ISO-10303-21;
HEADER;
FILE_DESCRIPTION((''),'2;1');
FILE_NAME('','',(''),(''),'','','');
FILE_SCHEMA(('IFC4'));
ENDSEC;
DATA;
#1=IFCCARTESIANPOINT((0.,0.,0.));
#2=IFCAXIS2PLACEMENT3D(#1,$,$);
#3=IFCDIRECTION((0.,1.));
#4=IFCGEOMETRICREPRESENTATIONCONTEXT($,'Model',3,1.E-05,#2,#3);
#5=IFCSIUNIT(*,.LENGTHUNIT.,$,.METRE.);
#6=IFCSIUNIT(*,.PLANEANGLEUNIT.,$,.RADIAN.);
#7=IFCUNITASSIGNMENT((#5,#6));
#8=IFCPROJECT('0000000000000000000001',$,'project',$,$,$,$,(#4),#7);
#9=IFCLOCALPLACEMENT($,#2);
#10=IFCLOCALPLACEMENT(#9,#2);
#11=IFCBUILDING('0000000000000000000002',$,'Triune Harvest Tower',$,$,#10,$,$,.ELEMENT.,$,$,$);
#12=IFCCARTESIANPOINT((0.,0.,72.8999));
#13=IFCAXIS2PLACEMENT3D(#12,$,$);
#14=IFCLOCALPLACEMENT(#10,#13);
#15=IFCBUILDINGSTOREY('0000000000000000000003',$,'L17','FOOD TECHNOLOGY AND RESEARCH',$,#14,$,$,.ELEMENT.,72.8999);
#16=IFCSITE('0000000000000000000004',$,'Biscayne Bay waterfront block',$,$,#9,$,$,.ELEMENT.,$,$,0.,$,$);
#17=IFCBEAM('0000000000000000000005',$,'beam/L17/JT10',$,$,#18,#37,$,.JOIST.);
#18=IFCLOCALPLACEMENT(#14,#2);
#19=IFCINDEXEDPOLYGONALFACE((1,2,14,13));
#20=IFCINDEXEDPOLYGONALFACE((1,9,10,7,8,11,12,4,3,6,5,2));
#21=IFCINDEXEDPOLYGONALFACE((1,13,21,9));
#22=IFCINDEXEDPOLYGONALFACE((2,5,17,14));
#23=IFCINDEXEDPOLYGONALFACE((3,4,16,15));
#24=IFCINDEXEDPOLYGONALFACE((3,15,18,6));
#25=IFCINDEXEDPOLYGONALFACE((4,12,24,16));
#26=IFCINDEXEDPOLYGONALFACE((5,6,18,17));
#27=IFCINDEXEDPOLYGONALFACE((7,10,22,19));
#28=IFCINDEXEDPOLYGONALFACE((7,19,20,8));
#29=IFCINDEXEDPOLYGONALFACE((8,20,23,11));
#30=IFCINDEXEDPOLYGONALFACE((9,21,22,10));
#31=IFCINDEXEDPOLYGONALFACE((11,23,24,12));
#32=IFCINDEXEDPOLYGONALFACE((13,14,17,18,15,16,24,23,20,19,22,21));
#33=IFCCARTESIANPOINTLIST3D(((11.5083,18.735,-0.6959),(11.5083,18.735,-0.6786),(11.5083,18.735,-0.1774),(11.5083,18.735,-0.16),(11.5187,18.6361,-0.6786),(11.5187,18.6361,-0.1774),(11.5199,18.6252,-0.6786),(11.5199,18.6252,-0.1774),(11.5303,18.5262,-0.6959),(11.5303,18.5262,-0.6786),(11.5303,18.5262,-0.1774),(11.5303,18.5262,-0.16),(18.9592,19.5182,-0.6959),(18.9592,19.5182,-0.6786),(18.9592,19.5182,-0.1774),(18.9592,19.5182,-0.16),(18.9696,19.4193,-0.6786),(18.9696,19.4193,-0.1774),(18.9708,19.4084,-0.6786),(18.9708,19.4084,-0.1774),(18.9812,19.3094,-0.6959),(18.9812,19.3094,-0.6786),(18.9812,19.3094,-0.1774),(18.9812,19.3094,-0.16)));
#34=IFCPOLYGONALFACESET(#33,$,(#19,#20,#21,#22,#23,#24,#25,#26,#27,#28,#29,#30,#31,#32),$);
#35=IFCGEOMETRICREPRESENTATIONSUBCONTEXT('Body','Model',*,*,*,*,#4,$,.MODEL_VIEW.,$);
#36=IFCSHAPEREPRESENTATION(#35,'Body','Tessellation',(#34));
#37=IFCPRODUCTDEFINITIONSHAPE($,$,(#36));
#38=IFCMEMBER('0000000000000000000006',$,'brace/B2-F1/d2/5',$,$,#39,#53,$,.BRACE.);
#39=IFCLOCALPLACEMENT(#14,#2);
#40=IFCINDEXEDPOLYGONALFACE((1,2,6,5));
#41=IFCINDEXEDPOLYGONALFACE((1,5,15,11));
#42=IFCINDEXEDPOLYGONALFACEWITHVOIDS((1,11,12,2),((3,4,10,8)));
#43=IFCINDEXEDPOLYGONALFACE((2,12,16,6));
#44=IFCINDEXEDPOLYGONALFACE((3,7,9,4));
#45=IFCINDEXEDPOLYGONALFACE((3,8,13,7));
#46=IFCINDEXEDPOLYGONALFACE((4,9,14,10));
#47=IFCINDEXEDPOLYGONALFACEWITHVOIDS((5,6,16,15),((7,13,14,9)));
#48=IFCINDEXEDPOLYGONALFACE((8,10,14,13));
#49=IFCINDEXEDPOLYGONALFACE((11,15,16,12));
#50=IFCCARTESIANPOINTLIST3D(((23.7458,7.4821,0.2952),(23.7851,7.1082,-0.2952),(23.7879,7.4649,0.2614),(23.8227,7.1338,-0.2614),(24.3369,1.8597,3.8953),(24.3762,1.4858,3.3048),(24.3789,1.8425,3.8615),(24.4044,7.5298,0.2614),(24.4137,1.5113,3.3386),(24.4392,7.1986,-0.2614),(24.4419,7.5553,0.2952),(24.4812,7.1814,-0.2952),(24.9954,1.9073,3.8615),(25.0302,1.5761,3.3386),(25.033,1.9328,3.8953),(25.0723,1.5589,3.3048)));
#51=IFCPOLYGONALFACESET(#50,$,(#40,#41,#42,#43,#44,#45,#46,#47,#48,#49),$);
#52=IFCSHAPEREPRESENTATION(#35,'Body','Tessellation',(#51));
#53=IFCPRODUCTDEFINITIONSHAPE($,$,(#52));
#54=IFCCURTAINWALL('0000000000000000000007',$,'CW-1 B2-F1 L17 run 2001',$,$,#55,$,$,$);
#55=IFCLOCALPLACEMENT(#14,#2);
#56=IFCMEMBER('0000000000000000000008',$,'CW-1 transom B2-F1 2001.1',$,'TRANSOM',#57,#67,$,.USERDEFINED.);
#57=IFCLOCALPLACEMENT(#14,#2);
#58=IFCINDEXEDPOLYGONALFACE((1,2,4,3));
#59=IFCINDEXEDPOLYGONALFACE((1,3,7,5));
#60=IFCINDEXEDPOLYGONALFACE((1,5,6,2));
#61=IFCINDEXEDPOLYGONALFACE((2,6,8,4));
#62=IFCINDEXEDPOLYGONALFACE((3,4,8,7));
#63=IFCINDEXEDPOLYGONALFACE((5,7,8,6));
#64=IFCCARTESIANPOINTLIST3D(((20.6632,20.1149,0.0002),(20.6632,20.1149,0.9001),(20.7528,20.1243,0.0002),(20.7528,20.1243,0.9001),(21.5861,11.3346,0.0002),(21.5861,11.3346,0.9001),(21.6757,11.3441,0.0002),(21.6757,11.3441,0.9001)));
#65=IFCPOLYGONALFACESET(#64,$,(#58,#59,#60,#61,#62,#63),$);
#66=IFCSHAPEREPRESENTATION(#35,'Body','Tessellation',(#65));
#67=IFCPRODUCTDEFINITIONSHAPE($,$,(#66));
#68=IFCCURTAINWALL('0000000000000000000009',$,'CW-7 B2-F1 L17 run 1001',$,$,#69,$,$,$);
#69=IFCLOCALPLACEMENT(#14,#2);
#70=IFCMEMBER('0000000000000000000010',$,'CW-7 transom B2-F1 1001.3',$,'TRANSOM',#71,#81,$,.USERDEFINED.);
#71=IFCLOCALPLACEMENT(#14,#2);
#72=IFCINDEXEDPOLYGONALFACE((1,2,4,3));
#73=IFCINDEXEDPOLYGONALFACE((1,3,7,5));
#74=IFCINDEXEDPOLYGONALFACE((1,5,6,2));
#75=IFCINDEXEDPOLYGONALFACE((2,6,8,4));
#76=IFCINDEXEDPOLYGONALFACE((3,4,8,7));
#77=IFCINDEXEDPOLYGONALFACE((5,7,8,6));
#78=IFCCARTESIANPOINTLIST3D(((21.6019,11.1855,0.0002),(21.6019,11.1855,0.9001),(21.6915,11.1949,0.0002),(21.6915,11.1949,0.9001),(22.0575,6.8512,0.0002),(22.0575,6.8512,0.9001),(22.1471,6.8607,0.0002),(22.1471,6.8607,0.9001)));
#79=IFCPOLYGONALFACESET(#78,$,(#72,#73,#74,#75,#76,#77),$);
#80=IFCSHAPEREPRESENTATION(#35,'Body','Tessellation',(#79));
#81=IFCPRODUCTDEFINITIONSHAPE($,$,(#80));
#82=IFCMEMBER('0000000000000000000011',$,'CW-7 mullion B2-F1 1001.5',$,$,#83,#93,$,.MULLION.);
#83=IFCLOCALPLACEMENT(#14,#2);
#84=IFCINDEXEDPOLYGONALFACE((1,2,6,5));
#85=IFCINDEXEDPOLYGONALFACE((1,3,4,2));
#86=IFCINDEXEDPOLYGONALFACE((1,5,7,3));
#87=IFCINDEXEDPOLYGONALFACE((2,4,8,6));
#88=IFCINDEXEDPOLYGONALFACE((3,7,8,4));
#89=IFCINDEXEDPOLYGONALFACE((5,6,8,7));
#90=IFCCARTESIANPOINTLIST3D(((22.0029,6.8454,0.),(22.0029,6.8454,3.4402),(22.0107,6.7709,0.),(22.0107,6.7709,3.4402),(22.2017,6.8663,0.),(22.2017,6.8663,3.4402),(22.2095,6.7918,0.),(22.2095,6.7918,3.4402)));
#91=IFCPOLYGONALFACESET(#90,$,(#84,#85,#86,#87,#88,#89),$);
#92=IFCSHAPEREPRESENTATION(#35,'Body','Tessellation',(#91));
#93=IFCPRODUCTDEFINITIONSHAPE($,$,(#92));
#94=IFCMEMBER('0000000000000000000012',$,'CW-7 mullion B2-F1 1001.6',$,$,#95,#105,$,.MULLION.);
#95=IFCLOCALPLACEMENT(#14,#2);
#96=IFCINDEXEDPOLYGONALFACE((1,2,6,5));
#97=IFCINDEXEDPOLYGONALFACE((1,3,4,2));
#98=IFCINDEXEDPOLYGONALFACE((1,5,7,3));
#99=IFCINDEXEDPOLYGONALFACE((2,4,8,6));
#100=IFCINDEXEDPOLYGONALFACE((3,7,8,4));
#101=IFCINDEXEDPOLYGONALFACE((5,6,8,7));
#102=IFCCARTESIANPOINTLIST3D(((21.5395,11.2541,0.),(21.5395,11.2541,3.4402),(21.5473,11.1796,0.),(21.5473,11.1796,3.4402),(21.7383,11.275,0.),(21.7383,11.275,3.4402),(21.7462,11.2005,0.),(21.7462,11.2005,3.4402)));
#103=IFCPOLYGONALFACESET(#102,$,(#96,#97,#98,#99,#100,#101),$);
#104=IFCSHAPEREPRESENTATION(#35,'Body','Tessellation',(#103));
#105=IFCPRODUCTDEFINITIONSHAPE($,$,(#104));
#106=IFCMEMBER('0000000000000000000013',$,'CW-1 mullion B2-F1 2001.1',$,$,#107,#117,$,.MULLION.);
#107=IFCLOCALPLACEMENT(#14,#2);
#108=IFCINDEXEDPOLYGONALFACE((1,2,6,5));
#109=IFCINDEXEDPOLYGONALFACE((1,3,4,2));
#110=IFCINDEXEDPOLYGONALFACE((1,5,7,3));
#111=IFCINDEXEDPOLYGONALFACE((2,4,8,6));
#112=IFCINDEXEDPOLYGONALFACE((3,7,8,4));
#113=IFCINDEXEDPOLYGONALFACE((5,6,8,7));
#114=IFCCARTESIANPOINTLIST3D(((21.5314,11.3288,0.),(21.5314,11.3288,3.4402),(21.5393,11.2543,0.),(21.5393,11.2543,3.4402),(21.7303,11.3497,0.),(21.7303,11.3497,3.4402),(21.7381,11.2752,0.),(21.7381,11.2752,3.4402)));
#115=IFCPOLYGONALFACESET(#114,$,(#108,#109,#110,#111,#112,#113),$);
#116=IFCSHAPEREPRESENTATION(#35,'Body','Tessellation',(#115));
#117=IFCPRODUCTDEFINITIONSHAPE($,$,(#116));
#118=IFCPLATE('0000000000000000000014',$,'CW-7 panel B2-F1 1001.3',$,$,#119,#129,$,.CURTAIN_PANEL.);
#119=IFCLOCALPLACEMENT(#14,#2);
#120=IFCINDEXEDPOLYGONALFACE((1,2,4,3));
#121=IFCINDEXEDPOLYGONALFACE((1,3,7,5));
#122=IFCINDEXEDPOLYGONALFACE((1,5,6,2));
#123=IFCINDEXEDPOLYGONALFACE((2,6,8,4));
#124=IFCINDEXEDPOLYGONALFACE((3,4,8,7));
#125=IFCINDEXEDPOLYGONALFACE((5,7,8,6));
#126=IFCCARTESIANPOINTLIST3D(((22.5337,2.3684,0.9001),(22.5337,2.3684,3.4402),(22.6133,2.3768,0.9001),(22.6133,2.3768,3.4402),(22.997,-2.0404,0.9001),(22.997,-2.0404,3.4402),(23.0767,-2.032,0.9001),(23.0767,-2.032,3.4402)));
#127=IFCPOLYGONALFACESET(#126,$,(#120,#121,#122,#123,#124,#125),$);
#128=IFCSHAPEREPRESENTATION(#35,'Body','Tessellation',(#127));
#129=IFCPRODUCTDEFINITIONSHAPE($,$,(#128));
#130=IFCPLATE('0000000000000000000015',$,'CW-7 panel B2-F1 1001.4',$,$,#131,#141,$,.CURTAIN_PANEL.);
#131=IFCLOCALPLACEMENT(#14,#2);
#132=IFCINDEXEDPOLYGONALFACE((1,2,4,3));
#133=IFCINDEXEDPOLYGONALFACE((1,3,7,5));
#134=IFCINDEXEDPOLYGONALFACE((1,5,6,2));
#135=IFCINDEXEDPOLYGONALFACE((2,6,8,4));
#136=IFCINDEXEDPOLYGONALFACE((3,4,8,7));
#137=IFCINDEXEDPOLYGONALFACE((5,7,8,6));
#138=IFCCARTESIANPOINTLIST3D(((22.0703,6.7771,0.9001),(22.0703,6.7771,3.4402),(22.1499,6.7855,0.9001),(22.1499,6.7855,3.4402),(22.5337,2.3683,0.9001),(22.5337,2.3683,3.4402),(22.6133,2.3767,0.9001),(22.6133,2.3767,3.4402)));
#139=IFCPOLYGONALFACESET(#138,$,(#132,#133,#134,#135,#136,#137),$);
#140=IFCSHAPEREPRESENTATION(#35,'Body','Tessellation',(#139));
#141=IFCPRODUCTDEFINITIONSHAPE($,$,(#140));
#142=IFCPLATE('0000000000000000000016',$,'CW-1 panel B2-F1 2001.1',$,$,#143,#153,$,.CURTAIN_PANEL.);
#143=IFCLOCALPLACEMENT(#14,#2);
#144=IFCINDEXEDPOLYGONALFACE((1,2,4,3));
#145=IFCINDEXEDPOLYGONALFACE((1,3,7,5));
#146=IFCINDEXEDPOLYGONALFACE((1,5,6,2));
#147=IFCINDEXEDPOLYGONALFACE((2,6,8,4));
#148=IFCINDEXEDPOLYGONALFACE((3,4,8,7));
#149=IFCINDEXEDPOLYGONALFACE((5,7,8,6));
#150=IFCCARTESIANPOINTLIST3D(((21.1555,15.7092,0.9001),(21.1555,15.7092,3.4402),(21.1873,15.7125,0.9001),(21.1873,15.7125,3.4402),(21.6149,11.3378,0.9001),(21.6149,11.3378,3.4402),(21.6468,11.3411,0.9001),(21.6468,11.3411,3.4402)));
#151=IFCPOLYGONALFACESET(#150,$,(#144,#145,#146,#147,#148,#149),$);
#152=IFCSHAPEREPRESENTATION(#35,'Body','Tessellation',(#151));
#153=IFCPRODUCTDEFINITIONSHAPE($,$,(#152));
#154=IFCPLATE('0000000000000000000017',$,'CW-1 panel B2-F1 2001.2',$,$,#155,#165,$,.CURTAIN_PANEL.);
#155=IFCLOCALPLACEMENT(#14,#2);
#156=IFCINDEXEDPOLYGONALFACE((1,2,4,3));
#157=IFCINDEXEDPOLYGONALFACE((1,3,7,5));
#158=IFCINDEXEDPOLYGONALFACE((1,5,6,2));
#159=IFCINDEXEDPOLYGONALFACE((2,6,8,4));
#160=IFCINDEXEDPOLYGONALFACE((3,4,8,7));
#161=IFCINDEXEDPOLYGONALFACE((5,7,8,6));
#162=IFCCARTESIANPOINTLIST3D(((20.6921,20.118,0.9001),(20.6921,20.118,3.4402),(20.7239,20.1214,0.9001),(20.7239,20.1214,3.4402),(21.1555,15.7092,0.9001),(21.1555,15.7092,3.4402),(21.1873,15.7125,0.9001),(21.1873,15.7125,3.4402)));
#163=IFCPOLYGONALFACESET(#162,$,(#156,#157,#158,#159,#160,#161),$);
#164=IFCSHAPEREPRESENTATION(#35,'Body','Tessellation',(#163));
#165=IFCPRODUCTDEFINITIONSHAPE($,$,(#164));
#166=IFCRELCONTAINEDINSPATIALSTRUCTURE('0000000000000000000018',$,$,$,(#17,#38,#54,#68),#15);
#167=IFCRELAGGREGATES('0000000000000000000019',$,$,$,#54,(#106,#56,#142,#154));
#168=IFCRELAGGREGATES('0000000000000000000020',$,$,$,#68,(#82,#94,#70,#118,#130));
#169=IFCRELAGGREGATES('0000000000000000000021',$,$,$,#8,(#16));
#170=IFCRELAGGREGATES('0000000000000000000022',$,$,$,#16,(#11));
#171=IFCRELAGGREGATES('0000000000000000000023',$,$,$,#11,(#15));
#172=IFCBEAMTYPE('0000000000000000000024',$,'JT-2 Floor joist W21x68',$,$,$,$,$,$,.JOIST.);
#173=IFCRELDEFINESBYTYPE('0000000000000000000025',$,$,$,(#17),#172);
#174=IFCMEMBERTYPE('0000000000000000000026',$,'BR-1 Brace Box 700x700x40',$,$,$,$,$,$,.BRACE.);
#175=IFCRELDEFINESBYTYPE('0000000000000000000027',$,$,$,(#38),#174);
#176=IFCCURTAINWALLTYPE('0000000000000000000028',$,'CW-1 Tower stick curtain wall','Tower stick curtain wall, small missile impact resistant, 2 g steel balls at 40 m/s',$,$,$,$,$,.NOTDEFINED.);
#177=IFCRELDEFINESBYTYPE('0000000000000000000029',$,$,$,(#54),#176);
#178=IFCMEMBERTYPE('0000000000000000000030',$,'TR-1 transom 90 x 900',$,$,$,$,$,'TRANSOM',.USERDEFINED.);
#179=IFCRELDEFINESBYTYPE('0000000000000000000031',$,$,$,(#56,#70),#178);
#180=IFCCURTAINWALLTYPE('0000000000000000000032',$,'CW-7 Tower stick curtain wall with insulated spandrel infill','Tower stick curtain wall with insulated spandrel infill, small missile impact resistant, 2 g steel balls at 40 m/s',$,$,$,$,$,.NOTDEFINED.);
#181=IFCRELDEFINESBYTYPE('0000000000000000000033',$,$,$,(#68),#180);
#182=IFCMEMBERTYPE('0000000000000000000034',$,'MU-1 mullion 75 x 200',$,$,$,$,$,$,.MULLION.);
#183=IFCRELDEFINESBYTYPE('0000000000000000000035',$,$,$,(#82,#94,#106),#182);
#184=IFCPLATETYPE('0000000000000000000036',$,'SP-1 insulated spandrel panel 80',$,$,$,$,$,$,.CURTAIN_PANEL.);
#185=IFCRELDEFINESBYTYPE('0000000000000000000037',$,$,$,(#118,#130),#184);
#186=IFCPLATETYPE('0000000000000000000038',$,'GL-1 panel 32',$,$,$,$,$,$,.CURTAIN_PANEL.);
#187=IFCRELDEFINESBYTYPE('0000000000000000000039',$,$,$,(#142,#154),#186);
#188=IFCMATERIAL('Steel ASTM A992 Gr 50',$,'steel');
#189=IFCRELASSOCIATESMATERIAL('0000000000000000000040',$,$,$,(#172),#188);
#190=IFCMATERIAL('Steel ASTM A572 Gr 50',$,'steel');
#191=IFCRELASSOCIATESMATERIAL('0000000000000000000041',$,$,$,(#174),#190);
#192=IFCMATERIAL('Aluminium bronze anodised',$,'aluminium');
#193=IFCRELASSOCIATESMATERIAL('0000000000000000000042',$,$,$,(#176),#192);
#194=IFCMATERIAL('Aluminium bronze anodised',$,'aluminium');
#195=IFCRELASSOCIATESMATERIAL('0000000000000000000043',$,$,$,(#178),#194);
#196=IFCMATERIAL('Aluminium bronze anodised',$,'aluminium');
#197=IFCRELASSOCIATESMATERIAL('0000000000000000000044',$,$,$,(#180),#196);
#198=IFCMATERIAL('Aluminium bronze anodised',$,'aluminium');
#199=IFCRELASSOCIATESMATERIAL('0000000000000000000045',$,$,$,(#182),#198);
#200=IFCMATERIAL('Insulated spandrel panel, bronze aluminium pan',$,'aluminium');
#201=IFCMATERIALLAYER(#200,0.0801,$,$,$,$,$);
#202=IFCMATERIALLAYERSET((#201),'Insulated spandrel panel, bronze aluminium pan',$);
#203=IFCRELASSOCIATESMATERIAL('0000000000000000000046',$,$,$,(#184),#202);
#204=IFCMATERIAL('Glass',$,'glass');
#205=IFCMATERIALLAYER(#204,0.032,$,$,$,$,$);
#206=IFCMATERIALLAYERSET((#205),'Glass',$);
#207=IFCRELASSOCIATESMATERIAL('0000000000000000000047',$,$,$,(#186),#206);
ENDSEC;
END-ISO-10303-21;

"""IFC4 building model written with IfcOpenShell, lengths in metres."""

from ifc_helpers import new_model, si_unit, direction, frame, origin, origin_2d, place, context, subcontext, project, spatial, rectangle, hollow_rectangle, i_section, extrude, source, transform, mapped, material, layer, layer_set, material_profile, profile_set, type_object, element, aggregate, save


model = new_model("IFC4")

# Units and contexts
model_context = context("Model", 3, precision=1e-05, world=origin(), true_north=direction((0.0, 1.0)))
body_context = subcontext(model_context, "Body", "Model", "MODEL_VIEW")
ifc_project = project(units=[si_unit("LENGTHUNIT", "METRE"), si_unit("PLANEANGLEUNIT", "RADIAN")], contexts=[model_context])

# Site, building, storey
site_placement = place(None, origin())
site = spatial("IfcSite", under=ifc_project, at=site_placement, Name="Biscayne Bay waterfront block", CompositionType="ELEMENT", RefElevation=0.0)
building_placement = place(site_placement, origin())
building = spatial("IfcBuilding", under=site, at=building_placement, Name="Triune Harvest Tower", CompositionType="ELEMENT")
storey_placement = place(building_placement, frame((0.0, 0.0, 72.8999)))
storey = spatial("IfcBuildingStorey", under=building, at=storey_placement, Name="L17", Description="FOOD TECHNOLOGY AND RESEARCH", CompositionType="ELEMENT", Elevation=72.8999)

# Beam
ifc_material_1 = material(Name="Steel ASTM A992 Gr 50", Category="steel")
ifc_material_profile_1 = material_profile(ifc_material_1, i_section(OverallWidth=0.21, OverallDepth=0.5359, WebThickness=0.011, FlangeThickness=0.0173, at=origin_2d()), Name="W21x68")
ifc_profile_set_1 = profile_set([ifc_material_profile_1], Name="Steel ASTM A992 Gr 50")
beam_type_1 = type_object("IfcBeamType", Name="JT-2 Floor joist W21x68", PredefinedType="JOIST", material=ifc_profile_set_1)
shared_shape_1 = source(origin(), body_context, "Body", "SweptSolid", [
    extrude(i_section(OverallWidth=0.21, OverallDepth=0.5359, WebThickness=0.011, FlangeThickness=0.0173, at=origin_2d()), origin(), (0.0, 0.0, 1.0), 7.4919),
])
beam_1_placement = place(storey_placement, frame((18.9702, 19.4138, -0.428), z_axis=(-0.994521, -0.104539, 0.0), x_axis=(0.104539, -0.994521, 0.0)))
element("IfcBeam", 1, at=beam_1_placement, inside=storey, type_object=beam_type_1, Name="beam/L17/JT10", PredefinedType="JOIST", context=body_context, shape_type="MappedRepresentation", body=[
    mapped(shared_shape_1, transform((0.0, 0.0, 0.0), scale=1.0)),
])

# Member
ifc_material_2 = material(Name="Steel ASTM A572 Gr 50", Category="steel")
ifc_material_profile_2 = material_profile(ifc_material_2, hollow_rectangle(XDim=0.7, YDim=0.7, WallThickness=0.04, at=origin_2d()), Name="Box 700x700x40")
ifc_profile_set_2 = profile_set([ifc_material_profile_2], Name="Steel ASTM A572 Gr 50")
member_type_1 = type_object("IfcMemberType", Name="BR-1 Brace Box 700x700x40", PredefinedType="BRACE", material=ifc_profile_set_2)
shared_shape_2 = source(origin(), body_context, "Body", "SweptSolid", [
    extrude(hollow_rectangle(XDim=0.7, YDim=0.7, WallThickness=0.04, at=origin_2d()), origin(), (0.0, 0.0, 1.0), 6.7024),
])
member_1_placement = place(storey_placement, frame((24.1135, 7.3318, 0.0), z_axis=(0.088186, -0.838877, 0.537129), x_axis=(0.99452, 0.104548, 0.0)))
element("IfcMember", 2, at=member_1_placement, inside=storey, type_object=member_type_1, Name="brace/B2-F1/d2/5", PredefinedType="BRACE", context=body_context, shape_type="MappedRepresentation", body=[
    mapped(shared_shape_2, transform((0.0, 0.0, 0.0), scale=1.0)),
])

# Curtain wall, member
ifc_material_3 = material(Name="Aluminium bronze anodised", Category="aluminium")
curtain_wall_type_1 = type_object("IfcCurtainWallType", Name="CW-1 Tower stick curtain wall", Description="Tower stick curtain wall, small missile impact resistant, 2 g steel balls at 40 m/s", PredefinedType="NOTDEFINED", material=ifc_material_3)
curtain_wall_1_placement = place(storey_placement, origin())
curtain_wall_1 = element("IfcCurtainWall", 3, at=curtain_wall_1_placement, inside=storey, type_object=curtain_wall_type_1, Name="CW-1 B2-F1 L17 run 2001")
ifc_material_4 = material(Name="Aluminium bronze anodised", Category="aluminium")
ifc_material_profile_3 = material_profile(ifc_material_4, rectangle(XDim=0.0901, YDim=0.8999, at=origin_2d()), Name="TR-1 transom 90 x 900")
ifc_profile_set_3 = profile_set([ifc_material_profile_3], Name="Aluminium bronze anodised")
member_type_2 = type_object("IfcMemberType", Name="TR-1 transom 90 x 900", ElementType="TRANSOM", PredefinedType="USERDEFINED", material=ifc_profile_set_3)
shared_shape_3 = source(origin(), body_context, "Body", "SweptSolid", [
    extrude(rectangle(XDim=0.0901, YDim=0.8999, at=origin_2d()), origin(), (0.0, 0.0, 1.0), 8.8286),
])
member_2_placement = place(storey_placement, frame((21.6309, 11.3394, 0.4502), z_axis=(-0.104529, 0.994522, 0.0), x_axis=(-0.994522, -0.104529, 0.0)))
member_2 = element("IfcMember", 4, at=member_2_placement, type_object=member_type_2, Name="CW-1 transom B2-F1 2001.1", ObjectType="TRANSOM", PredefinedType="USERDEFINED", context=body_context, shape_type="MappedRepresentation", body=[
    mapped(shared_shape_3, transform((0.0, 0.0, 0.0), scale=1.0)),
])

# Curtain wall, members
ifc_material_5 = material(Name="Aluminium bronze anodised", Category="aluminium")
curtain_wall_type_2 = type_object("IfcCurtainWallType", Name="CW-7 Tower stick curtain wall with insulated spandrel infill", Description="Tower stick curtain wall with insulated spandrel infill, small missile impact resistant, 2 g steel balls at 40 m/s", PredefinedType="NOTDEFINED", material=ifc_material_5)
curtain_wall_2_placement = place(storey_placement, origin())
curtain_wall_2 = element("IfcCurtainWall", 5, at=curtain_wall_2_placement, inside=storey, type_object=curtain_wall_type_2, Name="CW-7 B2-F1 L17 run 1001")
shared_shape_4 = source(origin(), body_context, "Body", "SweptSolid", [
    extrude(rectangle(XDim=0.0901, YDim=0.8999, at=origin_2d()), origin(), (0.0, 0.0, 1.0), 4.3582),
])
member_3_placement = place(storey_placement, frame((22.1023, 6.856, 0.4502), z_axis=(-0.104533, 0.994521, 0.0), x_axis=(-0.994521, -0.104533, 0.0)))
member_3 = element("IfcMember", 6, at=member_3_placement, type_object=member_type_2, Name="CW-7 transom B2-F1 1001.3", ObjectType="TRANSOM", PredefinedType="USERDEFINED", context=body_context, shape_type="MappedRepresentation", body=[
    mapped(shared_shape_4, transform((0.0, 0.0, 0.0), scale=1.0)),
])
ifc_material_6 = material(Name="Aluminium bronze anodised", Category="aluminium")
ifc_material_profile_4 = material_profile(ifc_material_6, rectangle(XDim=0.2, YDim=0.075, at=origin_2d()), Name="MU-1 mullion 75 x 200")
ifc_profile_set_4 = profile_set([ifc_material_profile_4], Name="Aluminium bronze anodised")
member_type_3 = type_object("IfcMemberType", Name="MU-1 mullion 75 x 200", PredefinedType="MULLION", material=ifc_profile_set_4)
shared_shape_5 = source(origin(), body_context, "Body", "SweptSolid", [
    extrude(rectangle(XDim=0.2, YDim=0.075, at=origin_2d()), origin(), (0.0, 0.0, 1.0), 3.4402),
])
member_4_placement = place(storey_placement, frame((22.1062, 6.8186, 0.0), z_axis=(0.0, 0.0, 1.0), x_axis=(-0.994522, -0.104528, 0.0)))
member_4 = element("IfcMember", 7, at=member_4_placement, type_object=member_type_3, Name="CW-7 mullion B2-F1 1001.5", PredefinedType="MULLION", context=body_context, shape_type="MappedRepresentation", body=[
    mapped(shared_shape_5, transform((0.0, 0.0, 0.0), scale=1.0)),
])
member_5_placement = place(storey_placement, frame((21.6428, 11.2273, 0.0), z_axis=(0.0, 0.0, 1.0), x_axis=(-0.994522, -0.104528, 0.0)))
member_5 = element("IfcMember", 8, at=member_5_placement, type_object=member_type_3, Name="CW-7 mullion B2-F1 1001.6", PredefinedType="MULLION", context=body_context, shape_type="MappedRepresentation", body=[
    mapped(shared_shape_5, transform((0.0, 0.0, 0.0), scale=1.0)),
])

# Member
member_6_placement = place(storey_placement, frame((21.6348, 11.302, 0.0), z_axis=(0.0, 0.0, 1.0), x_axis=(-0.994522, -0.104527, 0.0)))
member_6 = element("IfcMember", 9, at=member_6_placement, type_object=member_type_3, Name="CW-1 mullion B2-F1 2001.1", PredefinedType="MULLION", context=body_context, shape_type="MappedRepresentation", body=[
    mapped(shared_shape_5, transform((0.0, 0.0, 0.0), scale=1.0)),
])

# Plates
ifc_material_7 = material(Name="Insulated spandrel panel, bronze aluminium pan", Category="aluminium")
ifc_layer_1 = layer(ifc_material_7, 0.0801)
ifc_layer_set_1 = layer_set([ifc_layer_1], Name="Insulated spandrel panel, bronze aluminium pan")
plate_type_1 = type_object("IfcPlateType", Name="SP-1 insulated spandrel panel 80", PredefinedType="CURTAIN_PANEL", material=ifc_layer_set_1)
shared_shape_6 = source(origin(), body_context, "Body", "SweptSolid", [
    extrude(rectangle(XDim=4.4331, YDim=0.0801, at=origin_2d()), origin(), (0.0, 0.0, 1.0), 2.54),
])
plate_1_placement = place(storey_placement, frame((22.8052, 0.1682, 0.9001), z_axis=(0.0, 0.0, 1.0), x_axis=(-0.104528, 0.994522, 0.0)))
plate_1 = element("IfcPlate", 10, at=plate_1_placement, type_object=plate_type_1, Name="CW-7 panel B2-F1 1001.3", PredefinedType="CURTAIN_PANEL", context=body_context, shape_type="MappedRepresentation", body=[
    mapped(shared_shape_6, transform((0.0, 0.0, 0.0), scale=1.0)),
])
plate_2_placement = place(storey_placement, frame((22.3418, 4.5769, 0.9001), z_axis=(0.0, 0.0, 1.0), x_axis=(-0.104528, 0.994522, 0.0)))
plate_2 = element("IfcPlate", 11, at=plate_2_placement, type_object=plate_type_1, Name="CW-7 panel B2-F1 1001.4", PredefinedType="CURTAIN_PANEL", context=body_context, shape_type="MappedRepresentation", body=[
    mapped(shared_shape_6, transform((0.0, 0.0, 0.0), scale=1.0)),
])
ifc_material_8 = material(Name="Glass", Category="glass")
ifc_layer_2 = layer(ifc_material_8, 0.032)
ifc_layer_set_2 = layer_set([ifc_layer_2], Name="Glass")
plate_type_2 = type_object("IfcPlateType", Name="GL-1 panel 32", PredefinedType="CURTAIN_PANEL", material=ifc_layer_set_2)
shared_shape_7 = source(origin(), body_context, "Body", "SweptSolid", [
    extrude(rectangle(XDim=4.3955, YDim=0.032, at=origin_2d()), origin(), (0.0, 0.0, 1.0), 2.54),
])
plate_3_placement = place(storey_placement, frame((21.4011, 13.5251, 0.9001), z_axis=(0.0, 0.0, 1.0), x_axis=(-0.104527, 0.994522, 0.0)))
plate_3 = element("IfcPlate", 12, at=plate_3_placement, type_object=plate_type_2, Name="CW-1 panel B2-F1 2001.1", PredefinedType="CURTAIN_PANEL", context=body_context, shape_type="MappedRepresentation", body=[
    mapped(shared_shape_7, transform((0.0, 0.0, 0.0), scale=1.0)),
])
shared_shape_8 = source(origin(), body_context, "Body", "SweptSolid", [
    extrude(rectangle(XDim=4.4331, YDim=0.032, at=origin_2d()), origin(), (0.0, 0.0, 1.0), 2.54),
])
plate_4_placement = place(storey_placement, frame((20.9397, 17.9153, 0.9001), z_axis=(0.0, 0.0, 1.0), x_axis=(-0.104527, 0.994522, 0.0)))
plate_4 = element("IfcPlate", 13, at=plate_4_placement, type_object=plate_type_2, Name="CW-1 panel B2-F1 2001.2", PredefinedType="CURTAIN_PANEL", context=body_context, shape_type="MappedRepresentation", body=[
    mapped(shared_shape_8, transform((0.0, 0.0, 0.0), scale=1.0)),
])
aggregate(curtain_wall_1, [member_6, member_2, plate_3, plate_4])
aggregate(curtain_wall_2, [member_4, member_5, member_3, plate_1, plate_2])

save(model, "model.ifc")
